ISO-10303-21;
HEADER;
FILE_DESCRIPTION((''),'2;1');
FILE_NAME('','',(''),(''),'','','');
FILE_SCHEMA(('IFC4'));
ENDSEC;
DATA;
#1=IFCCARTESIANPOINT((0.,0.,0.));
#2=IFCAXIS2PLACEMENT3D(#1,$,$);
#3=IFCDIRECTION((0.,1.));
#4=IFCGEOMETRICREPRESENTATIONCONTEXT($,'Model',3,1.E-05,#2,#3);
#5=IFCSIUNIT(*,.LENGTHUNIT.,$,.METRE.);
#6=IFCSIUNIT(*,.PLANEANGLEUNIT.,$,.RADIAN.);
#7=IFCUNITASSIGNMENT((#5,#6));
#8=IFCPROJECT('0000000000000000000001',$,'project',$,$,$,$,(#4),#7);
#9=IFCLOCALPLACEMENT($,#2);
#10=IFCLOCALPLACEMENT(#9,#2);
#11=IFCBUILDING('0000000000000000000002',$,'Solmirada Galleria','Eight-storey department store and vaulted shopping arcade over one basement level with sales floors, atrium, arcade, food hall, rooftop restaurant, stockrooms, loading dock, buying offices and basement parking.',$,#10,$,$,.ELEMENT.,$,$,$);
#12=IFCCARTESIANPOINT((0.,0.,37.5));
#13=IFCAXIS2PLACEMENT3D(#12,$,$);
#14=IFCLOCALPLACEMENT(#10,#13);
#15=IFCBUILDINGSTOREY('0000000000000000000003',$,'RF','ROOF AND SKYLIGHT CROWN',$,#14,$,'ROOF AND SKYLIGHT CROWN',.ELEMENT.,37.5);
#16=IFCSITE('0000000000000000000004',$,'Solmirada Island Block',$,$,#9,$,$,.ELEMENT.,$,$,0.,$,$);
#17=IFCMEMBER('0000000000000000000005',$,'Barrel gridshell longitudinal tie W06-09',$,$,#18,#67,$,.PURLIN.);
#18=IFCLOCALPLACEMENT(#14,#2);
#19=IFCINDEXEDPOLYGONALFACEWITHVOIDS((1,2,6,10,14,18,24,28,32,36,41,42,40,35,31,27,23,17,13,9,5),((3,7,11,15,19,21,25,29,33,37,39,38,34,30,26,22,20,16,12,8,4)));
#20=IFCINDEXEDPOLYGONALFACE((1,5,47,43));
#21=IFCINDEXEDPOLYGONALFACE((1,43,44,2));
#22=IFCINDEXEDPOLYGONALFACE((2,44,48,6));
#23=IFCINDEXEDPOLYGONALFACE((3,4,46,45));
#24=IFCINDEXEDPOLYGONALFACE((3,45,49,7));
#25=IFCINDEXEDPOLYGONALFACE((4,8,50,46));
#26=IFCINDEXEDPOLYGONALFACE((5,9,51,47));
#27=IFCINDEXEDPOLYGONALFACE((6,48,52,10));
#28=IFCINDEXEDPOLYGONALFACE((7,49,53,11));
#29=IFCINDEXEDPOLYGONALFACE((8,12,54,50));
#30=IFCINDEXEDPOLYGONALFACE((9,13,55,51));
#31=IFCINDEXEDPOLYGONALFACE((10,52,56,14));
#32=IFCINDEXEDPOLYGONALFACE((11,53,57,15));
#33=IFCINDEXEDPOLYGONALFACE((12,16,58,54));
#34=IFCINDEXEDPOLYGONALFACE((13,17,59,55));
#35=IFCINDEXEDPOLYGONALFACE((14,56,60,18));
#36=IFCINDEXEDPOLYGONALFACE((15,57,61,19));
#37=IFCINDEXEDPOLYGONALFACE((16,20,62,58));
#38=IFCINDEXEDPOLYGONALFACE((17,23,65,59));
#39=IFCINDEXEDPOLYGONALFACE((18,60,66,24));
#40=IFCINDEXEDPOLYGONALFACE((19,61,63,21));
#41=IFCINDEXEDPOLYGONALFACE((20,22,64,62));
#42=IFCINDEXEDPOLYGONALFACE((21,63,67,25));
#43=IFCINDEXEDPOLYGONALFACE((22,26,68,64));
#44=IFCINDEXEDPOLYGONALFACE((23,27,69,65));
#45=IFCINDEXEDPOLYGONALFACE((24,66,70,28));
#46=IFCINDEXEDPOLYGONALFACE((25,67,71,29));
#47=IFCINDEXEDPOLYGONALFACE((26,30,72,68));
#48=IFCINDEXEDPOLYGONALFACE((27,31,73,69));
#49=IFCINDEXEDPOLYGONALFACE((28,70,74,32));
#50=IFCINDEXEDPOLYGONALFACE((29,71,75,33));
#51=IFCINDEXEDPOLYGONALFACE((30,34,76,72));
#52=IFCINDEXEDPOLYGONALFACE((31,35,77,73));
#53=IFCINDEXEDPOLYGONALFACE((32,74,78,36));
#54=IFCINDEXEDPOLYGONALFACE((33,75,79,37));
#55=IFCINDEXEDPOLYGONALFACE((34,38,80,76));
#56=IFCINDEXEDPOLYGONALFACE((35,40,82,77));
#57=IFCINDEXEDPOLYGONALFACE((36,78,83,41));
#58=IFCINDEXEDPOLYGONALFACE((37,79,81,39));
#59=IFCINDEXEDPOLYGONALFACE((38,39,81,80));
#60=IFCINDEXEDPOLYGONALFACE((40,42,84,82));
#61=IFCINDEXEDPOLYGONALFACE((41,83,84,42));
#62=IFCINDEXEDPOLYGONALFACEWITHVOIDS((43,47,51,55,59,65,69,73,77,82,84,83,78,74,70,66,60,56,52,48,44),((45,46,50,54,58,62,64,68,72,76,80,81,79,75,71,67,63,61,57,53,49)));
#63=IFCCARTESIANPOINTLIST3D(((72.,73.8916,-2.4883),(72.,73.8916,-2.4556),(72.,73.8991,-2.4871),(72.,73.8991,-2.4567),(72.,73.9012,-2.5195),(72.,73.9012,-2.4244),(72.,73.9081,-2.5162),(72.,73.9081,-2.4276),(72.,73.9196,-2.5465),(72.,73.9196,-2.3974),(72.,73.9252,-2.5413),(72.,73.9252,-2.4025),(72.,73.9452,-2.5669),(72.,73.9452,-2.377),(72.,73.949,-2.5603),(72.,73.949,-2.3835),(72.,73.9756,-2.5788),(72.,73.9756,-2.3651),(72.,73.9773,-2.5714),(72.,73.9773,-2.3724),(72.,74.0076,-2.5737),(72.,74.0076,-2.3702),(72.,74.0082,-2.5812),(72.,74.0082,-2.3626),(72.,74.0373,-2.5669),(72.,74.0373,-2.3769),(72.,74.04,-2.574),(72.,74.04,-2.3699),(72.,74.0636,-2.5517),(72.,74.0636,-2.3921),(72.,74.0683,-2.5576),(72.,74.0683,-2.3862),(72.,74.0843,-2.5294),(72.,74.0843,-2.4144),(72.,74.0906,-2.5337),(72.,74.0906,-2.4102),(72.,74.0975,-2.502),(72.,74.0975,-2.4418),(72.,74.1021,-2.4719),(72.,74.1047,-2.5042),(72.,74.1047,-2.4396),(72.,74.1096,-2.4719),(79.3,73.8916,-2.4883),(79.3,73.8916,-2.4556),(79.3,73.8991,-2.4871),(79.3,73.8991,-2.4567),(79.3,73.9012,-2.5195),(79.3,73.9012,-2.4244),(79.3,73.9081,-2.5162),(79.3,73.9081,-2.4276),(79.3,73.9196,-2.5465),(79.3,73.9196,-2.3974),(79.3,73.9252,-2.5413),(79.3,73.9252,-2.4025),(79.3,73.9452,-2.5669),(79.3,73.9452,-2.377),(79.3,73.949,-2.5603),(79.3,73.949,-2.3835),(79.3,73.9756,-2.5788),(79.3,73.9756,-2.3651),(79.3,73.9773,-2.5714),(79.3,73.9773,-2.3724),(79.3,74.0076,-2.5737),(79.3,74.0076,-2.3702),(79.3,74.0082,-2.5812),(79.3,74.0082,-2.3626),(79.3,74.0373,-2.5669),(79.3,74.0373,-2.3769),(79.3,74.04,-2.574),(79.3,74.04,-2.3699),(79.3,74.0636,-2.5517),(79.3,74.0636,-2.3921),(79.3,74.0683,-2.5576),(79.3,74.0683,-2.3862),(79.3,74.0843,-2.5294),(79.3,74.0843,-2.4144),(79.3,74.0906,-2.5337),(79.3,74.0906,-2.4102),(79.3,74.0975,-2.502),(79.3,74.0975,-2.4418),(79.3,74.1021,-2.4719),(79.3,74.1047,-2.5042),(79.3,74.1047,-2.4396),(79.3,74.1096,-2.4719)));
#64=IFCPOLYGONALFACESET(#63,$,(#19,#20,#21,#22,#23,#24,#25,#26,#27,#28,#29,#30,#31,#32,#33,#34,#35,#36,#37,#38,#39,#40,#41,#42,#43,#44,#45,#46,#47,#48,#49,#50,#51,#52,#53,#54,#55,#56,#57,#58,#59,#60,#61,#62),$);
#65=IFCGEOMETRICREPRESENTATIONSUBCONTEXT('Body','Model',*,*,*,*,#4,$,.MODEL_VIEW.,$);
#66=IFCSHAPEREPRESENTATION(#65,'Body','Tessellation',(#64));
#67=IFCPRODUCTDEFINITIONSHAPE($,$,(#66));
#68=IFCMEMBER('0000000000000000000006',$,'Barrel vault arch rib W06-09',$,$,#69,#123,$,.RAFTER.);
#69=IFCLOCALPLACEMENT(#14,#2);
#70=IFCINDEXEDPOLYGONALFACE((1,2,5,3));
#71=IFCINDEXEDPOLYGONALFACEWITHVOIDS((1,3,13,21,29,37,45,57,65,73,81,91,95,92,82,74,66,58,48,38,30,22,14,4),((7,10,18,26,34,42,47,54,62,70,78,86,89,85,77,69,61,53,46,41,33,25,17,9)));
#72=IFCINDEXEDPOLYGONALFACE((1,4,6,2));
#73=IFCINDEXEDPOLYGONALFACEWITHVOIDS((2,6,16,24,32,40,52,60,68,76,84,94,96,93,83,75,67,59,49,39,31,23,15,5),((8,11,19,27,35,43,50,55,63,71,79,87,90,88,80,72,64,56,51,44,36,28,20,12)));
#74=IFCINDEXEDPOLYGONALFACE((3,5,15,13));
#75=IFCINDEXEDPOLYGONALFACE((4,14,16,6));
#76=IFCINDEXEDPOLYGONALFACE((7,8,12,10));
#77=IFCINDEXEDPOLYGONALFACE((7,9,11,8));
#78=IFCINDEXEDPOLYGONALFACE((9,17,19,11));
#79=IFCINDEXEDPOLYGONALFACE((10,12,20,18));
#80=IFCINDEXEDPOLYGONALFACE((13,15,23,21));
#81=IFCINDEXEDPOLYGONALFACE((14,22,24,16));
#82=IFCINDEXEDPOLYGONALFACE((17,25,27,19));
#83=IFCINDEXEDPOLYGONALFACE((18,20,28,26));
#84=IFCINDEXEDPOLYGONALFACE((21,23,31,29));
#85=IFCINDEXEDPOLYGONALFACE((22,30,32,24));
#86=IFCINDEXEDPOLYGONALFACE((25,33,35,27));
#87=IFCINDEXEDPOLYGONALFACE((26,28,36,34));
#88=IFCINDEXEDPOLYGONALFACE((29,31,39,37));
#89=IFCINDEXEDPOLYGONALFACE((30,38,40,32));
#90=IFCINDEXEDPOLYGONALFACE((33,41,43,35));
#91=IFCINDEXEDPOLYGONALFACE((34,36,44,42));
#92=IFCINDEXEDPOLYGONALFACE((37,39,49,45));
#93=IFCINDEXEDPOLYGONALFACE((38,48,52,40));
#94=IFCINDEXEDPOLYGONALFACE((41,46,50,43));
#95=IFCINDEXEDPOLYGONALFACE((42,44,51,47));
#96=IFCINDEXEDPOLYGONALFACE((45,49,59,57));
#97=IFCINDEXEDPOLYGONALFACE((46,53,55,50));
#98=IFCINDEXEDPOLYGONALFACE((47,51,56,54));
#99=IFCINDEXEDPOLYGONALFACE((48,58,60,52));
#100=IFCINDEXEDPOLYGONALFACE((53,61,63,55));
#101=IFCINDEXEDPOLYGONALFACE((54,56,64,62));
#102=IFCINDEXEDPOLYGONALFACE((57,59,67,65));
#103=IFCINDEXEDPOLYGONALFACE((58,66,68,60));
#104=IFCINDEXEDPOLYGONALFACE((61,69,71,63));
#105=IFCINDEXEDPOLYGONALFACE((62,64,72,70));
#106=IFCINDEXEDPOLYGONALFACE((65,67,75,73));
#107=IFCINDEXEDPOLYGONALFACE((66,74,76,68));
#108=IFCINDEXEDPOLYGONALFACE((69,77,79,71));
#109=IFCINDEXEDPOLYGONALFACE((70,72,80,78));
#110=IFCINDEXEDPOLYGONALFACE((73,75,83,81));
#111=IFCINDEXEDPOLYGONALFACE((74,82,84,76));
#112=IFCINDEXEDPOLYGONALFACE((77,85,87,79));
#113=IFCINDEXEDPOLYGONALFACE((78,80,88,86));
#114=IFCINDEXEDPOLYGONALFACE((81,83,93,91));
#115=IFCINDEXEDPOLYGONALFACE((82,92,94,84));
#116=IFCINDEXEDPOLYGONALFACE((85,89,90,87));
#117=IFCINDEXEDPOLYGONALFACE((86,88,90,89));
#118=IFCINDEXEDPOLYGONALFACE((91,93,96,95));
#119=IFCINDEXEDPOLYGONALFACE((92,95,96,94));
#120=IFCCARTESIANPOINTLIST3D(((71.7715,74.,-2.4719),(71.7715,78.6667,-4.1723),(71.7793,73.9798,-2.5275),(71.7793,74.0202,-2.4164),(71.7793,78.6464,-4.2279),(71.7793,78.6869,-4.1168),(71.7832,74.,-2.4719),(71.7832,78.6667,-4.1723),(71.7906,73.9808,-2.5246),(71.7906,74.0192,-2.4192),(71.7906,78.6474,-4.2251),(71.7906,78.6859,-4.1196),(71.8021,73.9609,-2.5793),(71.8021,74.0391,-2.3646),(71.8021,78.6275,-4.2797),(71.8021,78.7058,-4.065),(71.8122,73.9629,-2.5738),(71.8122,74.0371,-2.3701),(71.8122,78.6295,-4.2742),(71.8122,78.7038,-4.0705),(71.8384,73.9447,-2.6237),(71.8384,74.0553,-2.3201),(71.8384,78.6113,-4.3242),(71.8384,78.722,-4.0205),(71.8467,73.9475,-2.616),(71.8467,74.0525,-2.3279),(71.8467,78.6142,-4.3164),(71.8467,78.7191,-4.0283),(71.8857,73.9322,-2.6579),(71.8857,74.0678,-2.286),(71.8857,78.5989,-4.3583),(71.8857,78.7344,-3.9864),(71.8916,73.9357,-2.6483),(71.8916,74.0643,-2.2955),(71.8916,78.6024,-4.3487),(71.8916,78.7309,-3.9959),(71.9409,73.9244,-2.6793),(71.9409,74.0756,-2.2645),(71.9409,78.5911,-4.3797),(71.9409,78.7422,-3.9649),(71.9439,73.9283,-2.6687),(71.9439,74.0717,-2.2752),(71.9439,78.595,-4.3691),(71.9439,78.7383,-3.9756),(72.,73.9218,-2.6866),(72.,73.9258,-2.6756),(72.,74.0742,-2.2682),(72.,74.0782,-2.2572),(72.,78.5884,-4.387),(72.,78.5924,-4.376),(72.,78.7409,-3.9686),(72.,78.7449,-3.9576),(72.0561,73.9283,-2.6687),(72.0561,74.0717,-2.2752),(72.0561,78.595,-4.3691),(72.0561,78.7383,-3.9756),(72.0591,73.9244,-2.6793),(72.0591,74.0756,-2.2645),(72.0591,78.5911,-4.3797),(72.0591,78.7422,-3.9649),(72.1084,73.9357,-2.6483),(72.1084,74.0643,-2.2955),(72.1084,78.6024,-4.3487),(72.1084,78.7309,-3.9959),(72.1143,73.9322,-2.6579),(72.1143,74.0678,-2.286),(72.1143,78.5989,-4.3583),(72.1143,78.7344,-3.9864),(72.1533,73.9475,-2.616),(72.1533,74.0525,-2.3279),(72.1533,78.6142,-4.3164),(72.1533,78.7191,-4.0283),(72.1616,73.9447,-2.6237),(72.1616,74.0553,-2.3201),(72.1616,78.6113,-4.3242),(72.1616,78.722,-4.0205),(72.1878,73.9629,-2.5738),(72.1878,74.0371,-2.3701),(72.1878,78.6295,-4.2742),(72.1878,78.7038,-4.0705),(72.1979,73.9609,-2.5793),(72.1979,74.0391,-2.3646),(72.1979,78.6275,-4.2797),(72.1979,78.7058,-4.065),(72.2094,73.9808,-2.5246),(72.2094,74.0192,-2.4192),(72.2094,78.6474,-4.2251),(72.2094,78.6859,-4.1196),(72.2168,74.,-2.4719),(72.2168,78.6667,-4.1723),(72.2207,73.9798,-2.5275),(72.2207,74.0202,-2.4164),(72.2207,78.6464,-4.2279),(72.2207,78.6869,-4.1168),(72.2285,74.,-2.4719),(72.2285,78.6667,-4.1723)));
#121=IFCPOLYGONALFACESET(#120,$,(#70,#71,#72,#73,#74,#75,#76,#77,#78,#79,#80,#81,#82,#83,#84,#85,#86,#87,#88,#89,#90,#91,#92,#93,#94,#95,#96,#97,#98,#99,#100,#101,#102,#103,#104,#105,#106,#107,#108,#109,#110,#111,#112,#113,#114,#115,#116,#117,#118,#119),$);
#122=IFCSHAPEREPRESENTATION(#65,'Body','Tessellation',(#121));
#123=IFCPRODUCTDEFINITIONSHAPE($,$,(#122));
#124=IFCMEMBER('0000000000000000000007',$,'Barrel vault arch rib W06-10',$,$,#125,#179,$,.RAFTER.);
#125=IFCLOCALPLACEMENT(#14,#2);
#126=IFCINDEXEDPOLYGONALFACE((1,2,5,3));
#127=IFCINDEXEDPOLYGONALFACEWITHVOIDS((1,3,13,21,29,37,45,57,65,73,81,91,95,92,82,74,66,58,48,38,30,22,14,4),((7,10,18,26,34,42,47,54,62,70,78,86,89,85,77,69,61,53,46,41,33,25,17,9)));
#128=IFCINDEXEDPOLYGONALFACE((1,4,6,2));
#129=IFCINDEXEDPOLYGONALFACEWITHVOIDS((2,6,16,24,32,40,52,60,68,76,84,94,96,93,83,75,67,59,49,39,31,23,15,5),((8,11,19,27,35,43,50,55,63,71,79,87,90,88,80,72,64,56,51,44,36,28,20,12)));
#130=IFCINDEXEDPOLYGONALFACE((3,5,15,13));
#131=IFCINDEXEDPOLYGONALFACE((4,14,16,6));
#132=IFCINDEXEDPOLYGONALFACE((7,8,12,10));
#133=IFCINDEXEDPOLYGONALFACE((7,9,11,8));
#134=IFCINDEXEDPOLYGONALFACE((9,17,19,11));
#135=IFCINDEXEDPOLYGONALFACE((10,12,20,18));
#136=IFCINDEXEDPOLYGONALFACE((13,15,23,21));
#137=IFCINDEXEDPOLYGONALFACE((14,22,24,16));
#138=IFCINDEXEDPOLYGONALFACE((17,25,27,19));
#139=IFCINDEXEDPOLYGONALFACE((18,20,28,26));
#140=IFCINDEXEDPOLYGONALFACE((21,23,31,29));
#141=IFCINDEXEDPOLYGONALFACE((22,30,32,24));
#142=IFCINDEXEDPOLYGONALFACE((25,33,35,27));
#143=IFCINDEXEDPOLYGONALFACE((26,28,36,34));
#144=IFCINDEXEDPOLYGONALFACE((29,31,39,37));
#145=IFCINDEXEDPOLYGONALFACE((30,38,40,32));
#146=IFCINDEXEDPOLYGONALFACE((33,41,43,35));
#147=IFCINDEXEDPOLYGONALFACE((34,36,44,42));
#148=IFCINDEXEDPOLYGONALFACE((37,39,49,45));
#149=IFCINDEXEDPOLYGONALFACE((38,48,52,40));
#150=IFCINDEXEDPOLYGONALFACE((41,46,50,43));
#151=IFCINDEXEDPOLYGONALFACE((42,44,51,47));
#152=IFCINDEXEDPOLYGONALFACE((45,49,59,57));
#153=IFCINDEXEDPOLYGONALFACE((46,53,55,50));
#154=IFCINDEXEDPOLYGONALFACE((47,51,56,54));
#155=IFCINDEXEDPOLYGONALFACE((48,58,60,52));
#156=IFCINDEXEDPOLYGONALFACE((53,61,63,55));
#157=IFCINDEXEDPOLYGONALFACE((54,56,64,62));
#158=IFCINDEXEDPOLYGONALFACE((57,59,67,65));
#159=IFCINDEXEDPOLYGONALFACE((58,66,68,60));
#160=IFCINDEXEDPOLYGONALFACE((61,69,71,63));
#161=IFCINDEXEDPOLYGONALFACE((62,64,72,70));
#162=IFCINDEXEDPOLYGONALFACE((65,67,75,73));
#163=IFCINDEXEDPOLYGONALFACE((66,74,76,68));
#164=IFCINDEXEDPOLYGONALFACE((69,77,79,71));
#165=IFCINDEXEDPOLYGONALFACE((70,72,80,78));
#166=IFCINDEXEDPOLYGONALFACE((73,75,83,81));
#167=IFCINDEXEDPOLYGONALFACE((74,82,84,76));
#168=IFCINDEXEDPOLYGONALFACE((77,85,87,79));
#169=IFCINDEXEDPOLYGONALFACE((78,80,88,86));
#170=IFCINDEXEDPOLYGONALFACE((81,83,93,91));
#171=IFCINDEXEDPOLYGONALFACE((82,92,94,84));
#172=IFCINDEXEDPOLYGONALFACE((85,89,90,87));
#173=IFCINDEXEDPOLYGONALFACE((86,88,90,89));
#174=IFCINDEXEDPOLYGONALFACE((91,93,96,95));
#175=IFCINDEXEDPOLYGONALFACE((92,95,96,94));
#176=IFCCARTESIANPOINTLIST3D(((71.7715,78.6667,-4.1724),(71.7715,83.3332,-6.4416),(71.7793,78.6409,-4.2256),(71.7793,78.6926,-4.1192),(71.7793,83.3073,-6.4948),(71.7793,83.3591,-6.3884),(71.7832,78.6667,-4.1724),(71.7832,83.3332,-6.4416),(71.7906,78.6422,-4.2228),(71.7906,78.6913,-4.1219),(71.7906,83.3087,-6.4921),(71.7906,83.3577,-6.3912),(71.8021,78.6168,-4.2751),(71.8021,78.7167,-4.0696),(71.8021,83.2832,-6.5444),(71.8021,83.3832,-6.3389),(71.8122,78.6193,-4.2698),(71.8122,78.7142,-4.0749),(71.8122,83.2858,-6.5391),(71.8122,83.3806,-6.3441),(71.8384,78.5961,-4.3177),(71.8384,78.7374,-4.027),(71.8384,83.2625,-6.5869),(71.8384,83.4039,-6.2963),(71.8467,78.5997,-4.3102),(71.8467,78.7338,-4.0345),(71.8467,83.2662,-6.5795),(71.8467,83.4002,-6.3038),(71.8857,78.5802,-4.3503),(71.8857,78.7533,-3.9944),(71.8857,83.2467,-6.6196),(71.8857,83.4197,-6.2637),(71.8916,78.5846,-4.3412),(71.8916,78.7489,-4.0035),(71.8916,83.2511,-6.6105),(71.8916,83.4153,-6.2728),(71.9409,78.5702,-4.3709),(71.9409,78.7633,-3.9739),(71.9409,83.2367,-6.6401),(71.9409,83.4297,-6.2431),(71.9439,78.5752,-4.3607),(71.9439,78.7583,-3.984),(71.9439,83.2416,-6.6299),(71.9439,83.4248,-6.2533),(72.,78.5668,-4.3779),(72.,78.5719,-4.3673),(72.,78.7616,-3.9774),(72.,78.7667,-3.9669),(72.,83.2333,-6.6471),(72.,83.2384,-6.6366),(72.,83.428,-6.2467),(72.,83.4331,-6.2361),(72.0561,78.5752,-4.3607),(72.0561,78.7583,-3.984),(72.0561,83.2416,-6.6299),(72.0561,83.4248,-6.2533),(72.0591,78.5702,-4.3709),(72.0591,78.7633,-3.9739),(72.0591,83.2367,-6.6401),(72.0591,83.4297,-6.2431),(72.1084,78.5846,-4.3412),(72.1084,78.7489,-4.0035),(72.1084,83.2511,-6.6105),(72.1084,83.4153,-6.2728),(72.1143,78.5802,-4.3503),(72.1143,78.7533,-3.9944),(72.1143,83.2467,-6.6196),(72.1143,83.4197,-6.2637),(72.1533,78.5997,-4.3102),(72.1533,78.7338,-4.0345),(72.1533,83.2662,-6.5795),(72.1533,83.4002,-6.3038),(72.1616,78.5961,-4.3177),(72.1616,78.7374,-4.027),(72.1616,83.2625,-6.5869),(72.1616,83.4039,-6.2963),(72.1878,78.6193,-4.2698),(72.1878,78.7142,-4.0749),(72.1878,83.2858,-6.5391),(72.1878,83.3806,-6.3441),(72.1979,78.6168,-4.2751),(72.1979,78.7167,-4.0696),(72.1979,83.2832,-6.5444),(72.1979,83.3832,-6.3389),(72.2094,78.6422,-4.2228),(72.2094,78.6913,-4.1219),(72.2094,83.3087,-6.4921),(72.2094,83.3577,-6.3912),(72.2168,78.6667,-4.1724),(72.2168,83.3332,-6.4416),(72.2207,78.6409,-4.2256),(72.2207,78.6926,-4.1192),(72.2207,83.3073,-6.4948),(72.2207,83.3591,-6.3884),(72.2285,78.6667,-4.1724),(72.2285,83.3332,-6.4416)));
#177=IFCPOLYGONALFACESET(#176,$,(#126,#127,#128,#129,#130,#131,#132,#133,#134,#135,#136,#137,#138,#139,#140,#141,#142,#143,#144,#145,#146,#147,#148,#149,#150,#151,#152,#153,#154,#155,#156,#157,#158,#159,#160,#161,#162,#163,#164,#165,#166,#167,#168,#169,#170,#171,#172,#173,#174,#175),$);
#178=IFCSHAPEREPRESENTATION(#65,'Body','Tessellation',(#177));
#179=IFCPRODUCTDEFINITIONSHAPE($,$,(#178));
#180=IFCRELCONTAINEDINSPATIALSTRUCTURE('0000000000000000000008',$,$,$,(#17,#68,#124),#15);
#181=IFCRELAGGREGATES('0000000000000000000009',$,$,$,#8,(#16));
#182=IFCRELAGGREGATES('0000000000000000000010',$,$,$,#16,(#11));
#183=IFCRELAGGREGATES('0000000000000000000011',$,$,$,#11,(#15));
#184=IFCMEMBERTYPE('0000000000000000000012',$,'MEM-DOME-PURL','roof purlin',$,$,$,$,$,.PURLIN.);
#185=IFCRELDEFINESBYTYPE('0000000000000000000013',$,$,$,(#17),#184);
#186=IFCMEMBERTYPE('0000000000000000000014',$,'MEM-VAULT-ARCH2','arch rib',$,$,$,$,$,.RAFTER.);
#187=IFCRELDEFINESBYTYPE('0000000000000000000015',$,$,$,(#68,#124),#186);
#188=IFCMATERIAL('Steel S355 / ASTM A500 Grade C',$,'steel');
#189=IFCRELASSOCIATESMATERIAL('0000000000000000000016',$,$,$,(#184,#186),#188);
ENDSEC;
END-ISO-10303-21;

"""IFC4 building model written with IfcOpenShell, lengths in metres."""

from ifc_helpers import new_model, si_unit, direction, frame, origin, origin_2d, place, context, subcontext, project, spatial, hollow_circle, extrude, material, material_profile, profile_set, type_object, element, save


model = new_model("IFC4")

# Units and contexts
model_context = context("Model", 3, precision=1e-05, world=origin(), true_north=direction((0.0, 1.0)))
body_context = subcontext(model_context, "Body", "Model", "MODEL_VIEW")
ifc_project = project(units=[si_unit("LENGTHUNIT", "METRE"), si_unit("PLANEANGLEUNIT", "RADIAN")], contexts=[model_context])

# Site, building, storey
site_placement = place(None, origin())
site = spatial("IfcSite", under=ifc_project, at=site_placement, Name="Solmirada Island Block", CompositionType="ELEMENT", RefElevation=0.0)
building_placement = place(site_placement, origin())
building = spatial("IfcBuilding", under=site, at=building_placement, Name="Solmirada Galleria", Description="Eight-storey department store and vaulted shopping arcade over one basement level with sales floors, atrium, arcade, food hall, rooftop restaurant, stockrooms, loading dock, buying offices and basement parking.", CompositionType="ELEMENT")
storey_placement = place(building_placement, frame((0.0, 0.0, 37.5)))
storey = spatial("IfcBuildingStorey", under=building, at=storey_placement, Name="RF", Description="ROOF AND SKYLIGHT CROWN", LongName="ROOF AND SKYLIGHT CROWN", CompositionType="ELEMENT", Elevation=37.5)

# Members
ifc_material_1 = material(Name="Steel S355 / ASTM A500 Grade C", Category="steel")
ifc_material_profile_1 = material_profile(ifc_material_1, hollow_circle(Radius=0.1096, WallThickness=0.0076, at=origin_2d()), Name="HSS8.625X0.322")
ifc_profile_set_1 = profile_set([ifc_material_profile_1], Name="Steel S355 / ASTM A500 Grade C")
member_type_1 = type_object("IfcMemberType", Name="MEM-DOME-PURL", Description="roof purlin", PredefinedType="PURLIN", material=ifc_profile_set_1)
member_1_placement = place(storey_placement, frame((72.0, 74.0, -2.4719), z_axis=(1.0, 0.0, 0.0), x_axis=(0.0, 1.0, 0.0)))
element("IfcMember", 1, at=member_1_placement, inside=storey, type_object=member_type_1, Name="Barrel gridshell longitudinal tie W06-09", PredefinedType="PURLIN", context=body_context, shape_type="SweptSolid", body=[
    extrude(hollow_circle(Radius=0.1096, WallThickness=0.0076, at=origin_2d()), origin(), (0.0, 0.0, 1.0), 7.3),
])
ifc_material_profile_2 = material_profile(ifc_material_1, hollow_circle(Radius=0.2285, WallThickness=0.0117, at=origin_2d()), Name="HSS18.000X0.500")
ifc_profile_set_2 = profile_set([ifc_material_profile_2], Name="Steel S355 / ASTM A500 Grade C")
member_type_2 = type_object("IfcMemberType", Name="MEM-VAULT-ARCH2", Description="arch rib", PredefinedType="RAFTER", material=ifc_profile_set_2)
member_2_placement = place(storey_placement, frame((72.0, 74.0, -2.4719), z_axis=(0.0, 0.939571, -0.342355), x_axis=(-1.0, 0.0, 0.0)))
element("IfcMember", 2, at=member_2_placement, inside=storey, type_object=member_type_2, Name="Barrel vault arch rib W06-09", PredefinedType="RAFTER", context=body_context, shape_type="SweptSolid", body=[
    extrude(hollow_circle(Radius=0.2285, WallThickness=0.0117, at=origin_2d()), origin(), (0.0, 0.0, 1.0), 4.9668),
])
member_3_placement = place(storey_placement, frame((72.0, 78.6667, -4.1724), z_axis=(0.0, 0.899304, -0.437325), x_axis=(-1.0, 0.0, 0.0)))
element("IfcMember", 3, at=member_3_placement, inside=storey, type_object=member_type_2, Name="Barrel vault arch rib W06-10", PredefinedType="RAFTER", context=body_context, shape_type="SweptSolid", body=[
    extrude(hollow_circle(Radius=0.2285, WallThickness=0.0117, at=origin_2d()), origin(), (0.0, 0.0, 1.0), 5.189),
])

save(model, "model.ifc")
